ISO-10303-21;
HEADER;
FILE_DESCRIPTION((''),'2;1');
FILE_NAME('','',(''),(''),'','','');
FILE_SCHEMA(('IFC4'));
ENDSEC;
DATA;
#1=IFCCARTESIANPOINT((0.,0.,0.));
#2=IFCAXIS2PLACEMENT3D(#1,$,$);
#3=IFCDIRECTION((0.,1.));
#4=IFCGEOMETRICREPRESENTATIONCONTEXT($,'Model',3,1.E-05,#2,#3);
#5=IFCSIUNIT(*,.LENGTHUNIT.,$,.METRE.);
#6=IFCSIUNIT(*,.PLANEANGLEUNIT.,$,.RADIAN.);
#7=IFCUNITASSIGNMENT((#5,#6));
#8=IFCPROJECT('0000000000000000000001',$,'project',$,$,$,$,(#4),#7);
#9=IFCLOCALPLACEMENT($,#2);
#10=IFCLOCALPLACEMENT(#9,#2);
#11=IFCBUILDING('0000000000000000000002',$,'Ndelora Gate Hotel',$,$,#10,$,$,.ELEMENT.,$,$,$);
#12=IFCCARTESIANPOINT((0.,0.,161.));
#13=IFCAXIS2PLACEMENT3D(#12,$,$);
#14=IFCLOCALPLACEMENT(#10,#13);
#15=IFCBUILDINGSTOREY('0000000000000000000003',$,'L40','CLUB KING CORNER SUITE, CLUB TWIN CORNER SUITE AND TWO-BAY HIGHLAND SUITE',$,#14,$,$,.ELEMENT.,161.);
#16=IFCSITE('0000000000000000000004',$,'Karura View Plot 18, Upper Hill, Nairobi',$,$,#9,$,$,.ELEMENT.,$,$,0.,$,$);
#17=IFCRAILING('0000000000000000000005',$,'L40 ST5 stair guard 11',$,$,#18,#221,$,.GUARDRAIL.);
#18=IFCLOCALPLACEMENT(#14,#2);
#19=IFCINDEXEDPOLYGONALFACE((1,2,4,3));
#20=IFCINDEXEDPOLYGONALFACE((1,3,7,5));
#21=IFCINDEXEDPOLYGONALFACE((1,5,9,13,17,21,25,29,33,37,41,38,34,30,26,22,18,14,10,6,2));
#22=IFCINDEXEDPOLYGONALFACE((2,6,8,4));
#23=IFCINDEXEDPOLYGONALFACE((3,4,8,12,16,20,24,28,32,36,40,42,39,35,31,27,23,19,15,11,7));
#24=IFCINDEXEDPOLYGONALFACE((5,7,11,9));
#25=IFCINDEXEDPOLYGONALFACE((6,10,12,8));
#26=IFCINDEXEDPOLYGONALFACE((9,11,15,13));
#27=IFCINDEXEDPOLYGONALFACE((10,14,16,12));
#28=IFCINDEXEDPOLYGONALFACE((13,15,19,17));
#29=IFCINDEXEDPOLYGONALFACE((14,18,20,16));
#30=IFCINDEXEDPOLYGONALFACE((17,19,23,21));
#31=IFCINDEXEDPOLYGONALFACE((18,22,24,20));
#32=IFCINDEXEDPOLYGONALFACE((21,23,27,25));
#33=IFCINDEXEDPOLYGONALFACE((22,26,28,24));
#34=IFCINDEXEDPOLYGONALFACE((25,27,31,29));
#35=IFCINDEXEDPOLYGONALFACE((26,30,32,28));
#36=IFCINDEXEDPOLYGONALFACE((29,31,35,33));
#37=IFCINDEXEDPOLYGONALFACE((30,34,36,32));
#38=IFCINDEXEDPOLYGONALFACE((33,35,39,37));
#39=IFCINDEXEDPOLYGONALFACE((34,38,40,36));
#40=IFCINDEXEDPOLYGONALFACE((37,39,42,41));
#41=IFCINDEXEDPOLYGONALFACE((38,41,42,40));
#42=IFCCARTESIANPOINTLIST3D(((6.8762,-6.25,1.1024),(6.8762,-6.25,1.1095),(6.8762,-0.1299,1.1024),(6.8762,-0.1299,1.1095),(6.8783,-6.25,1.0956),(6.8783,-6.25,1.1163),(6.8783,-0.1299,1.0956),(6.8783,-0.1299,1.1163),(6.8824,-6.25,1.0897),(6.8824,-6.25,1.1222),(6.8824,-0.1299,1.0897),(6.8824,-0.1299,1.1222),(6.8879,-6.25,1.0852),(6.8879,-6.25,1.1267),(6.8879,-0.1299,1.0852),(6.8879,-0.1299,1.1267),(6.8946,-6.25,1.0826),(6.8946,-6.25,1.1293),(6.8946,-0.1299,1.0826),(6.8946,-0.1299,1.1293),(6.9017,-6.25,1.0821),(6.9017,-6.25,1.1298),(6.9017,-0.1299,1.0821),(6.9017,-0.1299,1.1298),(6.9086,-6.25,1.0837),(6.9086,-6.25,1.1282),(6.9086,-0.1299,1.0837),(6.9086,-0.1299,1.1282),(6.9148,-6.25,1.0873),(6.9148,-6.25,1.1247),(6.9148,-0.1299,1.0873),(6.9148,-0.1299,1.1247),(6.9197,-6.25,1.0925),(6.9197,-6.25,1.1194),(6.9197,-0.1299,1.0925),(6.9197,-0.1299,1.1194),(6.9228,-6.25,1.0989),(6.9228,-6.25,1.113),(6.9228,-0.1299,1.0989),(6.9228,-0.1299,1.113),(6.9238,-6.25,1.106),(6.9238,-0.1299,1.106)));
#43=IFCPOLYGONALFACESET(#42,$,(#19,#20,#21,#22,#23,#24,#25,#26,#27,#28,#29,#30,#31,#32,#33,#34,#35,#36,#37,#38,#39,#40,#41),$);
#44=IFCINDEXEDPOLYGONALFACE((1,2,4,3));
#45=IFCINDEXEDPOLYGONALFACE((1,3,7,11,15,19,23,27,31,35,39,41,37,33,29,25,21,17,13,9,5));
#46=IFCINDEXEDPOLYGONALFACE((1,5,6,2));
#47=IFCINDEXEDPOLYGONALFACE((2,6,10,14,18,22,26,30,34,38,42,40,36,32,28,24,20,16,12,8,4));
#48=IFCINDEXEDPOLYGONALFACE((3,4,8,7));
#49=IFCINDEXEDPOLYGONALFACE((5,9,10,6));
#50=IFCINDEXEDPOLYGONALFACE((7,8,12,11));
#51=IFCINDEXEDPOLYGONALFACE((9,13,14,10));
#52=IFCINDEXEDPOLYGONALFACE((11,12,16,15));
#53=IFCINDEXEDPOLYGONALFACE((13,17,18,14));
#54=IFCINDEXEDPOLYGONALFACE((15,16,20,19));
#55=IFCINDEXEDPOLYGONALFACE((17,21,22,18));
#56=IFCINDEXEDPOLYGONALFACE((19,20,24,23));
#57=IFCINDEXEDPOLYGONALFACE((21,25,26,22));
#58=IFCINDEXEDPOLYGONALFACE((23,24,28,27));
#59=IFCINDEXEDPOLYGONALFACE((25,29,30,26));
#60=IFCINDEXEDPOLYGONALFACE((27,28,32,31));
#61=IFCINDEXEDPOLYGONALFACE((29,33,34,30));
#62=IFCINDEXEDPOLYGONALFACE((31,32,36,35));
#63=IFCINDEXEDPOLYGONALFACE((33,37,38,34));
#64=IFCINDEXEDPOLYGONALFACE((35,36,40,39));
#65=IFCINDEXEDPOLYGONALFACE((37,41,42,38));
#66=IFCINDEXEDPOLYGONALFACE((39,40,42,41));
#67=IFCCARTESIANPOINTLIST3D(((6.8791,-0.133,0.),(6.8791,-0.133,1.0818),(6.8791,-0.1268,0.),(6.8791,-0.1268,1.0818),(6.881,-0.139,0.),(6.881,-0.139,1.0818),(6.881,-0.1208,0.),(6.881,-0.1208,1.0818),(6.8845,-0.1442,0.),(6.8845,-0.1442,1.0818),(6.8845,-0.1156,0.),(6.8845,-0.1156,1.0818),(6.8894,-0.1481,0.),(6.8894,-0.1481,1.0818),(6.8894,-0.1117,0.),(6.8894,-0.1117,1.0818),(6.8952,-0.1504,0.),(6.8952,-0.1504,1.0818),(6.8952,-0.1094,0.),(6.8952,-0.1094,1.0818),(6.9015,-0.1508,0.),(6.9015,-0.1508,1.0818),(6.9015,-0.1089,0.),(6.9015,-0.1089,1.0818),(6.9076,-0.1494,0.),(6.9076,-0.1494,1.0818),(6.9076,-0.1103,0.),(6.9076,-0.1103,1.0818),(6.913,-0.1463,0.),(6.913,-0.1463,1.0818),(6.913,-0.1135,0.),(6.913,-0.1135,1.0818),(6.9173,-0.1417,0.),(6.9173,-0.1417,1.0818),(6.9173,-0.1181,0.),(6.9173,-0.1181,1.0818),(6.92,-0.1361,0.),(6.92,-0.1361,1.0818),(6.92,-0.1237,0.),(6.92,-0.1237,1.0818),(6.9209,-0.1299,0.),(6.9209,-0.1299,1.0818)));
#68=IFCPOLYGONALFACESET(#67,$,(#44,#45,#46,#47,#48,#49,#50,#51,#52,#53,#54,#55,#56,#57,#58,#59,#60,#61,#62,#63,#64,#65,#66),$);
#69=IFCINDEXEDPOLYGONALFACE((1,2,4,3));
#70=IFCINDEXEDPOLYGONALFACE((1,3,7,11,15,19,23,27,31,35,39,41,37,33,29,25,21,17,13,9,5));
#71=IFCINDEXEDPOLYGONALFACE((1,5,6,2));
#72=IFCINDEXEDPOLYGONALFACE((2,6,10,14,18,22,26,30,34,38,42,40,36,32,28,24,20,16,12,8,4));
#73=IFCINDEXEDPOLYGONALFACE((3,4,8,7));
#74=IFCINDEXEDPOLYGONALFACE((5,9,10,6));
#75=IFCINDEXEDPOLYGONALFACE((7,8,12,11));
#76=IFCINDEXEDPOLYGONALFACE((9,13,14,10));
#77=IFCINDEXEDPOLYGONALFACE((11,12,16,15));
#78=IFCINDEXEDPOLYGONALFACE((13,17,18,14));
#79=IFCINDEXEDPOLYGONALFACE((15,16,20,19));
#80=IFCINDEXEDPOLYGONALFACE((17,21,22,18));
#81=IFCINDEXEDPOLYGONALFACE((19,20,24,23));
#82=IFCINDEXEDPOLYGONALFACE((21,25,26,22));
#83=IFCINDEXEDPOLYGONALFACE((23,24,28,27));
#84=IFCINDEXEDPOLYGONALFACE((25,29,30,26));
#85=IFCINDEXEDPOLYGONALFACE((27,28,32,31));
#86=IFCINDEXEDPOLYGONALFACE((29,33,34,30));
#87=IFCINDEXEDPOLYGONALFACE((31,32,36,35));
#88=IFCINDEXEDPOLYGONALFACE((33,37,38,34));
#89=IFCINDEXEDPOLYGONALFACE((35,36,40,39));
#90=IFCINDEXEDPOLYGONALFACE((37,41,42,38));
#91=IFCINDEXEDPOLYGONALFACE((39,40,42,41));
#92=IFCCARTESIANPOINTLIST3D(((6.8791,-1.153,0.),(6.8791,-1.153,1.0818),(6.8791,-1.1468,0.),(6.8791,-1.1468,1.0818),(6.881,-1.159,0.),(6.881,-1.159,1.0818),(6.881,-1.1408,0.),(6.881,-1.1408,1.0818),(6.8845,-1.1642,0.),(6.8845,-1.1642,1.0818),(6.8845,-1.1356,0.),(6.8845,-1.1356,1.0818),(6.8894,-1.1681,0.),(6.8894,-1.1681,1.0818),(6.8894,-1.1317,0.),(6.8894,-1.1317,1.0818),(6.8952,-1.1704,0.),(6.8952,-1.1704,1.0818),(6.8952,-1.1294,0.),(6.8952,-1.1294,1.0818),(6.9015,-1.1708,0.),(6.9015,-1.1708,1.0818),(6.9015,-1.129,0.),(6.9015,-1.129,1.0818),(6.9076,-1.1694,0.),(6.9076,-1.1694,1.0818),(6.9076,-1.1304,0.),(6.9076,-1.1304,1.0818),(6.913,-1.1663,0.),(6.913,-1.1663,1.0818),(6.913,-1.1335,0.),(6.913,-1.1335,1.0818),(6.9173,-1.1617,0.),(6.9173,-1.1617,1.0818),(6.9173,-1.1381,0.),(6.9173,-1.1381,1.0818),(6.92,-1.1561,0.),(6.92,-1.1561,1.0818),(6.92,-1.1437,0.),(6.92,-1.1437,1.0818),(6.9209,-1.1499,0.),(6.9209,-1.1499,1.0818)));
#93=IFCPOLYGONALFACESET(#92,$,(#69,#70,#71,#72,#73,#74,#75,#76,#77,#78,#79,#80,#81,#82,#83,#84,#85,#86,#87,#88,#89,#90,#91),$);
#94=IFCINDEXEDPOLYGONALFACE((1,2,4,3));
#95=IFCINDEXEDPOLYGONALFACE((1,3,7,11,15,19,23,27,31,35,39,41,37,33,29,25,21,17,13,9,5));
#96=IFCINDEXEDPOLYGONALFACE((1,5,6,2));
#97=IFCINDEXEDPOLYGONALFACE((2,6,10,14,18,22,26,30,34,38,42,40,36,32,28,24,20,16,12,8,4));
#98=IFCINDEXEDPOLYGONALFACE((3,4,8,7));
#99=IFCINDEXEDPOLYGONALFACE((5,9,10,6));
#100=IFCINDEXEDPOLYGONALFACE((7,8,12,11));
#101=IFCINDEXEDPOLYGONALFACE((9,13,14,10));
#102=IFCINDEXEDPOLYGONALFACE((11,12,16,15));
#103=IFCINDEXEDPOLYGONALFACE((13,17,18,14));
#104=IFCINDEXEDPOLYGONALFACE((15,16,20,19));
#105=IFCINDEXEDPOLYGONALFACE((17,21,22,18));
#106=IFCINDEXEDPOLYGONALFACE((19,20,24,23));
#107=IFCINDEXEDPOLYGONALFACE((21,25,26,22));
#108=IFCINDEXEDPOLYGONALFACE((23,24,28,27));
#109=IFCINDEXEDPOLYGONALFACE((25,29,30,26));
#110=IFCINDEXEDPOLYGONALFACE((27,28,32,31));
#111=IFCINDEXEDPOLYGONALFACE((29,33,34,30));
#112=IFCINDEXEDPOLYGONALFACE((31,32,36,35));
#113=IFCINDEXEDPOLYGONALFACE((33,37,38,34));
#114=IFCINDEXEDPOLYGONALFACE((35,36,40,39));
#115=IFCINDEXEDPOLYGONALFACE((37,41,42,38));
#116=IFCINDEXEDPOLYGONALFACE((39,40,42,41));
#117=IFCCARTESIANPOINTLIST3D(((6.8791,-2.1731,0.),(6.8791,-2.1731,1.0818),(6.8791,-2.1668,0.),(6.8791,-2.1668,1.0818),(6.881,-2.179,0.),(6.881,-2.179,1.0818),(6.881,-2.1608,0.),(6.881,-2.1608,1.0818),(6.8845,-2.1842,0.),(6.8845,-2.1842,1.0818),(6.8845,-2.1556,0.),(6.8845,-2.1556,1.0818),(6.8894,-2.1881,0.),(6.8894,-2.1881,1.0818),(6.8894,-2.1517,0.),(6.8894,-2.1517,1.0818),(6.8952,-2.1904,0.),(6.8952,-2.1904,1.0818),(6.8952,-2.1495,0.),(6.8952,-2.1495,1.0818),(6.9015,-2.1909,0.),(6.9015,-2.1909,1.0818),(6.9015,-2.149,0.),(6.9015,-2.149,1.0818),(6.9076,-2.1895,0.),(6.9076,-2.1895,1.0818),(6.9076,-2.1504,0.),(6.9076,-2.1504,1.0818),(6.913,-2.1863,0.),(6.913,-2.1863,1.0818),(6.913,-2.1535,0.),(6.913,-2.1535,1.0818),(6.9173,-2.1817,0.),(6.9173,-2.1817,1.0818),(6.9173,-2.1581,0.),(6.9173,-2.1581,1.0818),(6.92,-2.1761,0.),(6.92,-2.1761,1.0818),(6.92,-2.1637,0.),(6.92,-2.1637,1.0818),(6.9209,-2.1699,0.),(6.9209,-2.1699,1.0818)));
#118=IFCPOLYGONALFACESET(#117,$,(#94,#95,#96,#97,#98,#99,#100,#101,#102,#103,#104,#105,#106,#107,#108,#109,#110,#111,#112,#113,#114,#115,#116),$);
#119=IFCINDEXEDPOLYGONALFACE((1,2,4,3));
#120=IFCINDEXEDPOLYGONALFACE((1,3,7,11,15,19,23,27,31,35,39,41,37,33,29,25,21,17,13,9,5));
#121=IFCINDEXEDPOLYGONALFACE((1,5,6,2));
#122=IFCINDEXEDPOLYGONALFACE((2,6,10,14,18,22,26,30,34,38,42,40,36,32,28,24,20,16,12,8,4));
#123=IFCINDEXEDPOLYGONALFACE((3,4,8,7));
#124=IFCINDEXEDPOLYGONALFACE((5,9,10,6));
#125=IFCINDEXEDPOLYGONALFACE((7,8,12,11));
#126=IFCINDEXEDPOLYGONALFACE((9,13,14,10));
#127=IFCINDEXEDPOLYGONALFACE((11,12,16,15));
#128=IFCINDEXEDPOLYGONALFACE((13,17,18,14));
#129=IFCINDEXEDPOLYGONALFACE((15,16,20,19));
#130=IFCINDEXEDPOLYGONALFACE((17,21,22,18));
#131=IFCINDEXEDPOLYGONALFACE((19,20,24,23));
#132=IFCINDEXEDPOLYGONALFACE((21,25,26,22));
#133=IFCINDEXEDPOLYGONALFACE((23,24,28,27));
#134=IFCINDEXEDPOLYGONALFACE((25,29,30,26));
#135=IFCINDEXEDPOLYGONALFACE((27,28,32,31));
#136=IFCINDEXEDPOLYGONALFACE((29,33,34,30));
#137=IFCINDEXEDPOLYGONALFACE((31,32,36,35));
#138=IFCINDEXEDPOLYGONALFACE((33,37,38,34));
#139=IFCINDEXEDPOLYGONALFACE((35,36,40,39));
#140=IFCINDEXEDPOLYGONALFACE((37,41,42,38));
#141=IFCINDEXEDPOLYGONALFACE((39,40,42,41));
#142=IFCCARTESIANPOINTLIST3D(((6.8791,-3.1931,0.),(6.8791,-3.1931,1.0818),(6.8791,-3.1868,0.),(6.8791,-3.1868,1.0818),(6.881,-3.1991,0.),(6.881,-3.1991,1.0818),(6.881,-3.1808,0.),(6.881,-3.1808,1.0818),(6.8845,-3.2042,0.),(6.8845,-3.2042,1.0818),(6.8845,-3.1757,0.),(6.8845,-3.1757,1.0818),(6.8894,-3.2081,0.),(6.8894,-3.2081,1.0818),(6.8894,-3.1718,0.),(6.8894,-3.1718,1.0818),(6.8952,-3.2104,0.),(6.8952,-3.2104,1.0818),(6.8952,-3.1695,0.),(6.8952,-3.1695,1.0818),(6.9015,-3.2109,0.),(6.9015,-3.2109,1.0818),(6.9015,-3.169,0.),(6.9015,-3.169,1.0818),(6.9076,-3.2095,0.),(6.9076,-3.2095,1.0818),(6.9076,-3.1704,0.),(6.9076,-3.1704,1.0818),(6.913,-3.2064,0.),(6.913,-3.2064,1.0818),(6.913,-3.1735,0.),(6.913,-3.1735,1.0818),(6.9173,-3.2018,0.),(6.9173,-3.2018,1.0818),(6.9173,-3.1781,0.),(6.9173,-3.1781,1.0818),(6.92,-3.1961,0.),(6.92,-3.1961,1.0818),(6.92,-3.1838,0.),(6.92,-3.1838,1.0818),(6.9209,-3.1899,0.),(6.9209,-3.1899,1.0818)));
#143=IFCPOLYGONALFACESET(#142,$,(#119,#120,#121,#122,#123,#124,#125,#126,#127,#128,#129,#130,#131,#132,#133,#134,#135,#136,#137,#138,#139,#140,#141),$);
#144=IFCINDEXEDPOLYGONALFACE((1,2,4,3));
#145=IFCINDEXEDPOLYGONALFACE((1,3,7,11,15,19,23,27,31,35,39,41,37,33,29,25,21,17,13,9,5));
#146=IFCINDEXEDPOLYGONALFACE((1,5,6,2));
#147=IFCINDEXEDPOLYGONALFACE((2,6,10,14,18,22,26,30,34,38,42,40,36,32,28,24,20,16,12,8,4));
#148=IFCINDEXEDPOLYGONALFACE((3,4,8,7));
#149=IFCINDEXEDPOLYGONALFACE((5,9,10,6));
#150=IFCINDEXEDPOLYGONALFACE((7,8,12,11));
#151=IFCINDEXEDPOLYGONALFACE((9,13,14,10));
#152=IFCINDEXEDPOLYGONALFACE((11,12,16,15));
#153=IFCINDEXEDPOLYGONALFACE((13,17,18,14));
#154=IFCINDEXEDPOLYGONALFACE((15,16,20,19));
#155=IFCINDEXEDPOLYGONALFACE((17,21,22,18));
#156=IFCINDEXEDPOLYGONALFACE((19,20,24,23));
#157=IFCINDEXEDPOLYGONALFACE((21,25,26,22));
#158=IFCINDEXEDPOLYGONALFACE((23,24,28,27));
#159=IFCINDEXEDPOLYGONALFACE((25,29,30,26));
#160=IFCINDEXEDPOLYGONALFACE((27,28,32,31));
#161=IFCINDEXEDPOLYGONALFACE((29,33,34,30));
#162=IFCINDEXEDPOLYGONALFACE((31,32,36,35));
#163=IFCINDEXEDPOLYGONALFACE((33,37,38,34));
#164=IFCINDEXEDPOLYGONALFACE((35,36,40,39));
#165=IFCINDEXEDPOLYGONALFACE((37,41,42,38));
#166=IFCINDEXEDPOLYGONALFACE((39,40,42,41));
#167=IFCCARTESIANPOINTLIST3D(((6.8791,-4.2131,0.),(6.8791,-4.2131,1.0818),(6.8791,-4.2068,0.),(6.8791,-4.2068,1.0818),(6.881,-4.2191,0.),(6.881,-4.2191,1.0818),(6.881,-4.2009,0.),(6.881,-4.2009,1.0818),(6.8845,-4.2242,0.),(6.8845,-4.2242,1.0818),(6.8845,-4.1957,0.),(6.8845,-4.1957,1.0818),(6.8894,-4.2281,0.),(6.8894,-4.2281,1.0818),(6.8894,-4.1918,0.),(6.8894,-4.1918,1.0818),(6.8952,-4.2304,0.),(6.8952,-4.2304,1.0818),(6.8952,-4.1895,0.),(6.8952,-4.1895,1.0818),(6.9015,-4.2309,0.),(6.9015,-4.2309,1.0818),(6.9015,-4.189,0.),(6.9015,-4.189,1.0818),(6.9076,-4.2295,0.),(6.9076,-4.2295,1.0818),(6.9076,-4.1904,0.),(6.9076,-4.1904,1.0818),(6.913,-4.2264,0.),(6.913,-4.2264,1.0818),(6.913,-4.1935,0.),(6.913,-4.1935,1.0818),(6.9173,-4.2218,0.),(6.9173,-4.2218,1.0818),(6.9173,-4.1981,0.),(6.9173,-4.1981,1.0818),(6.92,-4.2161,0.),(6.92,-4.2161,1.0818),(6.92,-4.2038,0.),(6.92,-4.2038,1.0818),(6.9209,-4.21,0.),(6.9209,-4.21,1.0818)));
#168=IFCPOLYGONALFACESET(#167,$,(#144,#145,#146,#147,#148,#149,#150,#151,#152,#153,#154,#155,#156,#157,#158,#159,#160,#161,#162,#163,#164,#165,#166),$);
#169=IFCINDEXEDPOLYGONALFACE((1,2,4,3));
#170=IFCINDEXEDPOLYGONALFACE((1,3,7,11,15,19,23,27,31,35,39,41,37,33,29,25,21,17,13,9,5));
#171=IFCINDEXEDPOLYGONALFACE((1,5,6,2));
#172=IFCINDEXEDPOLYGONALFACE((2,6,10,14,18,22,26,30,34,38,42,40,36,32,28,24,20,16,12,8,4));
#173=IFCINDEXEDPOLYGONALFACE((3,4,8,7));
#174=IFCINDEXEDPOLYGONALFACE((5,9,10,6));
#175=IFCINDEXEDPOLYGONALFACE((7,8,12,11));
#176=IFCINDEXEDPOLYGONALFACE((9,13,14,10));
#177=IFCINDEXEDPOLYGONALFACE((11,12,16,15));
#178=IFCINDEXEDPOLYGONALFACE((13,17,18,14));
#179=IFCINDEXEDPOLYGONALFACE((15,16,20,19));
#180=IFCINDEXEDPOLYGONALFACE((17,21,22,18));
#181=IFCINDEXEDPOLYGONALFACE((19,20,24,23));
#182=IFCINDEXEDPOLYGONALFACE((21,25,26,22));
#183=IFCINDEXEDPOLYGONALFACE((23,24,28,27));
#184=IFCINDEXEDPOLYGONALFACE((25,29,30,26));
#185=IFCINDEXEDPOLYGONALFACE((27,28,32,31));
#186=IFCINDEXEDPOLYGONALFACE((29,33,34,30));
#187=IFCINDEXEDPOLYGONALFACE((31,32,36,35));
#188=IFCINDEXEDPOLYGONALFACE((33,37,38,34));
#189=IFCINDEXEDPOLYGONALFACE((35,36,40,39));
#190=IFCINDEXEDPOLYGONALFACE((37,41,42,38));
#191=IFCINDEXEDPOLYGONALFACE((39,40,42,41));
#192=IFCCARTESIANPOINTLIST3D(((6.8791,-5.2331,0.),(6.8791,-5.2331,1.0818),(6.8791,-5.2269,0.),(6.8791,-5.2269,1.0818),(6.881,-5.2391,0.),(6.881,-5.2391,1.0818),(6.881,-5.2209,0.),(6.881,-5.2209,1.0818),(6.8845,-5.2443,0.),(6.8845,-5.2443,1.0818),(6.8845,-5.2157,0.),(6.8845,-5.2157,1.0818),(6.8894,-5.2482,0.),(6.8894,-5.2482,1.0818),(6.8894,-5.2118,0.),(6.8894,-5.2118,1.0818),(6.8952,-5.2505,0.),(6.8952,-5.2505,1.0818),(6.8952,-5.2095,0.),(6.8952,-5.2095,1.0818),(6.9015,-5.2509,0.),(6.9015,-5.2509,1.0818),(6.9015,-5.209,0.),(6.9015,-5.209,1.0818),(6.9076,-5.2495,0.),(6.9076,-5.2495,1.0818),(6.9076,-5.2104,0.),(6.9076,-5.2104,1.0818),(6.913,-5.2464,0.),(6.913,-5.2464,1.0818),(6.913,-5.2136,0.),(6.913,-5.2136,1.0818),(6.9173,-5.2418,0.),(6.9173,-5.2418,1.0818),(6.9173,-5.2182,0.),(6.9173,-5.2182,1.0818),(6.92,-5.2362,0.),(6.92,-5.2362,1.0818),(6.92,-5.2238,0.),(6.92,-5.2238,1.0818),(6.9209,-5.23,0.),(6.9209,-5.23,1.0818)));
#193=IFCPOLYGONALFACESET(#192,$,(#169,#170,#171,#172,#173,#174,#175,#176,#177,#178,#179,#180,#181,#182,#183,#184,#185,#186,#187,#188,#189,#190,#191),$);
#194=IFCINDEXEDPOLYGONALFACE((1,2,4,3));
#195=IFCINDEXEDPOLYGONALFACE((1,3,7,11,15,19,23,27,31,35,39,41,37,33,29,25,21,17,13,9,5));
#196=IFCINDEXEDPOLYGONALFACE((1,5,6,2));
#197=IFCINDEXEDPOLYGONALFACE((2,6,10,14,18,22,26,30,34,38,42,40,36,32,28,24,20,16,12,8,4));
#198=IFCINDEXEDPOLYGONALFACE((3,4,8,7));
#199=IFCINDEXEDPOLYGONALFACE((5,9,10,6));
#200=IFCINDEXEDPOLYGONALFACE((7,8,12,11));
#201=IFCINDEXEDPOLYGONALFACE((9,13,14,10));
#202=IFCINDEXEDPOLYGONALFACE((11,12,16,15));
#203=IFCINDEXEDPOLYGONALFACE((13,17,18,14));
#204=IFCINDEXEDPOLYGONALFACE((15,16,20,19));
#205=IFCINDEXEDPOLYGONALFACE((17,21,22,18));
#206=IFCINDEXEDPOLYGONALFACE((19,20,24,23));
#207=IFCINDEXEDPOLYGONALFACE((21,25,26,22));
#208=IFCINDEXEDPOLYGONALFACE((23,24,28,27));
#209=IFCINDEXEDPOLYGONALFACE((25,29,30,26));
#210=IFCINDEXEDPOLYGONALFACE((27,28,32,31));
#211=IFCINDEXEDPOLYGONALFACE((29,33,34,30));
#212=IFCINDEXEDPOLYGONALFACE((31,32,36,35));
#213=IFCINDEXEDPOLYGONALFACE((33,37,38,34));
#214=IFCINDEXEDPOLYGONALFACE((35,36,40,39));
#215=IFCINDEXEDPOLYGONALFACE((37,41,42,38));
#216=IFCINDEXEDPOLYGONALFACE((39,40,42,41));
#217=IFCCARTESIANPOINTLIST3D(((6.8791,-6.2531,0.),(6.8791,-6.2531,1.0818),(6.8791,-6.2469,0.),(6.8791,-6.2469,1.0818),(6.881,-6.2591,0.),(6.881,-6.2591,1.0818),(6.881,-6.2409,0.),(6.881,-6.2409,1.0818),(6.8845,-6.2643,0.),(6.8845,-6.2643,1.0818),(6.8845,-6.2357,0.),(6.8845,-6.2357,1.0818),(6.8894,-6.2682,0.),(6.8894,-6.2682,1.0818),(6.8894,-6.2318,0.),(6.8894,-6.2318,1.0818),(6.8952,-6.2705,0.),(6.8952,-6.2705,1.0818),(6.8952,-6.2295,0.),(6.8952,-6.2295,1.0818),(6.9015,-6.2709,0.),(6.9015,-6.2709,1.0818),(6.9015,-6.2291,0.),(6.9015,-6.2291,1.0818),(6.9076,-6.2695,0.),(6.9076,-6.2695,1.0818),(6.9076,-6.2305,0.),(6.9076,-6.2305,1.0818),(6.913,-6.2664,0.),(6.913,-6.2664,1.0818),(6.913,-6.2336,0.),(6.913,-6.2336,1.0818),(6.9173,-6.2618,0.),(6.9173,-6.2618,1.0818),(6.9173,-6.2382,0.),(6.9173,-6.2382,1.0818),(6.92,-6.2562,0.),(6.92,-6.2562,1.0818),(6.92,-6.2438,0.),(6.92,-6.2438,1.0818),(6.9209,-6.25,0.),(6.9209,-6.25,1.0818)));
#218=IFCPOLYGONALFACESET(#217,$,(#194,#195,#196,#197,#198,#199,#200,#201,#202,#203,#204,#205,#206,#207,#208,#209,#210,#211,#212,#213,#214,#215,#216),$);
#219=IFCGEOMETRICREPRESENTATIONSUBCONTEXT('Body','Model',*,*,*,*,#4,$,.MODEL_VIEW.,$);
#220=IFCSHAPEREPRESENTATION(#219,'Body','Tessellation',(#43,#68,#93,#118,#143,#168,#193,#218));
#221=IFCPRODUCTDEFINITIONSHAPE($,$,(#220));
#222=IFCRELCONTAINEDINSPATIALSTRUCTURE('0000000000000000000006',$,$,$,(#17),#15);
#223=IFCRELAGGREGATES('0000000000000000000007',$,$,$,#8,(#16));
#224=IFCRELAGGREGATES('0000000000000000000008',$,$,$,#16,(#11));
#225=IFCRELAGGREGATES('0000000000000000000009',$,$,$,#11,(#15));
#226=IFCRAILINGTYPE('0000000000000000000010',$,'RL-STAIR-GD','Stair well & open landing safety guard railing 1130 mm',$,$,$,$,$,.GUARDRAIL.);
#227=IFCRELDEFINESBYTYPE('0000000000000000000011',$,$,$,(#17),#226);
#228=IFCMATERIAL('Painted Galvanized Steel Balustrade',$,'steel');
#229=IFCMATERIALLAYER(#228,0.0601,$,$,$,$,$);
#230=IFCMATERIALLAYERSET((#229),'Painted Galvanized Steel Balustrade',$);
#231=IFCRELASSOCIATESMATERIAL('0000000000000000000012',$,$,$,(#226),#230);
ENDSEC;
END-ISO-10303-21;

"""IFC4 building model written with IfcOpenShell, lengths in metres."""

from ifc_helpers import new_model, si_unit, direction, frame, origin, origin_2d, place, context, subcontext, project, spatial, circle, extrude, material, layer, layer_set, type_object, element, save


model = new_model("IFC4")

# Units and contexts
model_context = context("Model", 3, precision=1e-05, world=origin(), true_north=direction((0.0, 1.0)))
body_context = subcontext(model_context, "Body", "Model", "MODEL_VIEW")
ifc_project = project(units=[si_unit("LENGTHUNIT", "METRE"), si_unit("PLANEANGLEUNIT", "RADIAN")], contexts=[model_context])

# Site, building, storey
site_placement = place(None, origin())
site = spatial("IfcSite", under=ifc_project, at=site_placement, Name="Karura View Plot 18, Upper Hill, Nairobi", CompositionType="ELEMENT", RefElevation=0.0)
building_placement = place(site_placement, origin())
building = spatial("IfcBuilding", under=site, at=building_placement, Name="Ndelora Gate Hotel", CompositionType="ELEMENT")
storey_placement = place(building_placement, frame((0.0, 0.0, 161.0)))
storey = spatial("IfcBuildingStorey", under=building, at=storey_placement, Name="L40", Description="CLUB KING CORNER SUITE, CLUB TWIN CORNER SUITE AND TWO-BAY HIGHLAND SUITE", CompositionType="ELEMENT", Elevation=161.0)

# Railing
ifc_material_1 = material(Name="Painted Galvanized Steel Balustrade", Category="steel")
ifc_layer_1 = layer(ifc_material_1, 0.0601)
ifc_layer_set_1 = layer_set([ifc_layer_1], Name="Painted Galvanized Steel Balustrade")
railing_type_1 = type_object("IfcRailingType", Name="RL-STAIR-GD", Description="Stair well & open landing safety guard railing 1130 mm", PredefinedType="GUARDRAIL", material=ifc_layer_set_1)
railing_1_placement = place(storey_placement, frame((6.8999, -0.1299, 0.0)))
element("IfcRailing", 1, at=railing_1_placement, inside=storey, type_object=railing_type_1, Name="L40 ST5 stair guard 11", PredefinedType="GUARDRAIL", context=body_context, shape_type="SweptSolid", body=[
    extrude(circle(Radius=0.0239, at=origin_2d()), frame((0.0, 0.0, 1.106), z_axis=(0.0, -1.0, 0.0), x_axis=(1.0, 0.0, 0.0)), (0.0, 0.0, 1.0), 6.1201),
    extrude(circle(Radius=0.021, at=origin_2d()), origin(), (0.0, 0.0, 1.0), 1.0818),
    extrude(circle(Radius=0.021, at=origin_2d()), frame((0.0, -1.02, 0.0)), (0.0, 0.0, 1.0), 1.0818),
    extrude(circle(Radius=0.021, at=origin_2d()), frame((0.0, -2.04, 0.0)), (0.0, 0.0, 1.0), 1.0818),
    extrude(circle(Radius=0.021, at=origin_2d()), frame((0.0, -3.0601, 0.0)), (0.0, 0.0, 1.0), 1.0818),
    extrude(circle(Radius=0.021, at=origin_2d()), frame((0.0, -4.0801, 0.0)), (0.0, 0.0, 1.0), 1.0818),
    extrude(circle(Radius=0.021, at=origin_2d()), frame((0.0, -5.1001, 0.0)), (0.0, 0.0, 1.0), 1.0818),
    extrude(circle(Radius=0.021, at=origin_2d()), frame((0.0, -6.1201, 0.0)), (0.0, 0.0, 1.0), 1.0818),
])

save(model, "model.ifc")
